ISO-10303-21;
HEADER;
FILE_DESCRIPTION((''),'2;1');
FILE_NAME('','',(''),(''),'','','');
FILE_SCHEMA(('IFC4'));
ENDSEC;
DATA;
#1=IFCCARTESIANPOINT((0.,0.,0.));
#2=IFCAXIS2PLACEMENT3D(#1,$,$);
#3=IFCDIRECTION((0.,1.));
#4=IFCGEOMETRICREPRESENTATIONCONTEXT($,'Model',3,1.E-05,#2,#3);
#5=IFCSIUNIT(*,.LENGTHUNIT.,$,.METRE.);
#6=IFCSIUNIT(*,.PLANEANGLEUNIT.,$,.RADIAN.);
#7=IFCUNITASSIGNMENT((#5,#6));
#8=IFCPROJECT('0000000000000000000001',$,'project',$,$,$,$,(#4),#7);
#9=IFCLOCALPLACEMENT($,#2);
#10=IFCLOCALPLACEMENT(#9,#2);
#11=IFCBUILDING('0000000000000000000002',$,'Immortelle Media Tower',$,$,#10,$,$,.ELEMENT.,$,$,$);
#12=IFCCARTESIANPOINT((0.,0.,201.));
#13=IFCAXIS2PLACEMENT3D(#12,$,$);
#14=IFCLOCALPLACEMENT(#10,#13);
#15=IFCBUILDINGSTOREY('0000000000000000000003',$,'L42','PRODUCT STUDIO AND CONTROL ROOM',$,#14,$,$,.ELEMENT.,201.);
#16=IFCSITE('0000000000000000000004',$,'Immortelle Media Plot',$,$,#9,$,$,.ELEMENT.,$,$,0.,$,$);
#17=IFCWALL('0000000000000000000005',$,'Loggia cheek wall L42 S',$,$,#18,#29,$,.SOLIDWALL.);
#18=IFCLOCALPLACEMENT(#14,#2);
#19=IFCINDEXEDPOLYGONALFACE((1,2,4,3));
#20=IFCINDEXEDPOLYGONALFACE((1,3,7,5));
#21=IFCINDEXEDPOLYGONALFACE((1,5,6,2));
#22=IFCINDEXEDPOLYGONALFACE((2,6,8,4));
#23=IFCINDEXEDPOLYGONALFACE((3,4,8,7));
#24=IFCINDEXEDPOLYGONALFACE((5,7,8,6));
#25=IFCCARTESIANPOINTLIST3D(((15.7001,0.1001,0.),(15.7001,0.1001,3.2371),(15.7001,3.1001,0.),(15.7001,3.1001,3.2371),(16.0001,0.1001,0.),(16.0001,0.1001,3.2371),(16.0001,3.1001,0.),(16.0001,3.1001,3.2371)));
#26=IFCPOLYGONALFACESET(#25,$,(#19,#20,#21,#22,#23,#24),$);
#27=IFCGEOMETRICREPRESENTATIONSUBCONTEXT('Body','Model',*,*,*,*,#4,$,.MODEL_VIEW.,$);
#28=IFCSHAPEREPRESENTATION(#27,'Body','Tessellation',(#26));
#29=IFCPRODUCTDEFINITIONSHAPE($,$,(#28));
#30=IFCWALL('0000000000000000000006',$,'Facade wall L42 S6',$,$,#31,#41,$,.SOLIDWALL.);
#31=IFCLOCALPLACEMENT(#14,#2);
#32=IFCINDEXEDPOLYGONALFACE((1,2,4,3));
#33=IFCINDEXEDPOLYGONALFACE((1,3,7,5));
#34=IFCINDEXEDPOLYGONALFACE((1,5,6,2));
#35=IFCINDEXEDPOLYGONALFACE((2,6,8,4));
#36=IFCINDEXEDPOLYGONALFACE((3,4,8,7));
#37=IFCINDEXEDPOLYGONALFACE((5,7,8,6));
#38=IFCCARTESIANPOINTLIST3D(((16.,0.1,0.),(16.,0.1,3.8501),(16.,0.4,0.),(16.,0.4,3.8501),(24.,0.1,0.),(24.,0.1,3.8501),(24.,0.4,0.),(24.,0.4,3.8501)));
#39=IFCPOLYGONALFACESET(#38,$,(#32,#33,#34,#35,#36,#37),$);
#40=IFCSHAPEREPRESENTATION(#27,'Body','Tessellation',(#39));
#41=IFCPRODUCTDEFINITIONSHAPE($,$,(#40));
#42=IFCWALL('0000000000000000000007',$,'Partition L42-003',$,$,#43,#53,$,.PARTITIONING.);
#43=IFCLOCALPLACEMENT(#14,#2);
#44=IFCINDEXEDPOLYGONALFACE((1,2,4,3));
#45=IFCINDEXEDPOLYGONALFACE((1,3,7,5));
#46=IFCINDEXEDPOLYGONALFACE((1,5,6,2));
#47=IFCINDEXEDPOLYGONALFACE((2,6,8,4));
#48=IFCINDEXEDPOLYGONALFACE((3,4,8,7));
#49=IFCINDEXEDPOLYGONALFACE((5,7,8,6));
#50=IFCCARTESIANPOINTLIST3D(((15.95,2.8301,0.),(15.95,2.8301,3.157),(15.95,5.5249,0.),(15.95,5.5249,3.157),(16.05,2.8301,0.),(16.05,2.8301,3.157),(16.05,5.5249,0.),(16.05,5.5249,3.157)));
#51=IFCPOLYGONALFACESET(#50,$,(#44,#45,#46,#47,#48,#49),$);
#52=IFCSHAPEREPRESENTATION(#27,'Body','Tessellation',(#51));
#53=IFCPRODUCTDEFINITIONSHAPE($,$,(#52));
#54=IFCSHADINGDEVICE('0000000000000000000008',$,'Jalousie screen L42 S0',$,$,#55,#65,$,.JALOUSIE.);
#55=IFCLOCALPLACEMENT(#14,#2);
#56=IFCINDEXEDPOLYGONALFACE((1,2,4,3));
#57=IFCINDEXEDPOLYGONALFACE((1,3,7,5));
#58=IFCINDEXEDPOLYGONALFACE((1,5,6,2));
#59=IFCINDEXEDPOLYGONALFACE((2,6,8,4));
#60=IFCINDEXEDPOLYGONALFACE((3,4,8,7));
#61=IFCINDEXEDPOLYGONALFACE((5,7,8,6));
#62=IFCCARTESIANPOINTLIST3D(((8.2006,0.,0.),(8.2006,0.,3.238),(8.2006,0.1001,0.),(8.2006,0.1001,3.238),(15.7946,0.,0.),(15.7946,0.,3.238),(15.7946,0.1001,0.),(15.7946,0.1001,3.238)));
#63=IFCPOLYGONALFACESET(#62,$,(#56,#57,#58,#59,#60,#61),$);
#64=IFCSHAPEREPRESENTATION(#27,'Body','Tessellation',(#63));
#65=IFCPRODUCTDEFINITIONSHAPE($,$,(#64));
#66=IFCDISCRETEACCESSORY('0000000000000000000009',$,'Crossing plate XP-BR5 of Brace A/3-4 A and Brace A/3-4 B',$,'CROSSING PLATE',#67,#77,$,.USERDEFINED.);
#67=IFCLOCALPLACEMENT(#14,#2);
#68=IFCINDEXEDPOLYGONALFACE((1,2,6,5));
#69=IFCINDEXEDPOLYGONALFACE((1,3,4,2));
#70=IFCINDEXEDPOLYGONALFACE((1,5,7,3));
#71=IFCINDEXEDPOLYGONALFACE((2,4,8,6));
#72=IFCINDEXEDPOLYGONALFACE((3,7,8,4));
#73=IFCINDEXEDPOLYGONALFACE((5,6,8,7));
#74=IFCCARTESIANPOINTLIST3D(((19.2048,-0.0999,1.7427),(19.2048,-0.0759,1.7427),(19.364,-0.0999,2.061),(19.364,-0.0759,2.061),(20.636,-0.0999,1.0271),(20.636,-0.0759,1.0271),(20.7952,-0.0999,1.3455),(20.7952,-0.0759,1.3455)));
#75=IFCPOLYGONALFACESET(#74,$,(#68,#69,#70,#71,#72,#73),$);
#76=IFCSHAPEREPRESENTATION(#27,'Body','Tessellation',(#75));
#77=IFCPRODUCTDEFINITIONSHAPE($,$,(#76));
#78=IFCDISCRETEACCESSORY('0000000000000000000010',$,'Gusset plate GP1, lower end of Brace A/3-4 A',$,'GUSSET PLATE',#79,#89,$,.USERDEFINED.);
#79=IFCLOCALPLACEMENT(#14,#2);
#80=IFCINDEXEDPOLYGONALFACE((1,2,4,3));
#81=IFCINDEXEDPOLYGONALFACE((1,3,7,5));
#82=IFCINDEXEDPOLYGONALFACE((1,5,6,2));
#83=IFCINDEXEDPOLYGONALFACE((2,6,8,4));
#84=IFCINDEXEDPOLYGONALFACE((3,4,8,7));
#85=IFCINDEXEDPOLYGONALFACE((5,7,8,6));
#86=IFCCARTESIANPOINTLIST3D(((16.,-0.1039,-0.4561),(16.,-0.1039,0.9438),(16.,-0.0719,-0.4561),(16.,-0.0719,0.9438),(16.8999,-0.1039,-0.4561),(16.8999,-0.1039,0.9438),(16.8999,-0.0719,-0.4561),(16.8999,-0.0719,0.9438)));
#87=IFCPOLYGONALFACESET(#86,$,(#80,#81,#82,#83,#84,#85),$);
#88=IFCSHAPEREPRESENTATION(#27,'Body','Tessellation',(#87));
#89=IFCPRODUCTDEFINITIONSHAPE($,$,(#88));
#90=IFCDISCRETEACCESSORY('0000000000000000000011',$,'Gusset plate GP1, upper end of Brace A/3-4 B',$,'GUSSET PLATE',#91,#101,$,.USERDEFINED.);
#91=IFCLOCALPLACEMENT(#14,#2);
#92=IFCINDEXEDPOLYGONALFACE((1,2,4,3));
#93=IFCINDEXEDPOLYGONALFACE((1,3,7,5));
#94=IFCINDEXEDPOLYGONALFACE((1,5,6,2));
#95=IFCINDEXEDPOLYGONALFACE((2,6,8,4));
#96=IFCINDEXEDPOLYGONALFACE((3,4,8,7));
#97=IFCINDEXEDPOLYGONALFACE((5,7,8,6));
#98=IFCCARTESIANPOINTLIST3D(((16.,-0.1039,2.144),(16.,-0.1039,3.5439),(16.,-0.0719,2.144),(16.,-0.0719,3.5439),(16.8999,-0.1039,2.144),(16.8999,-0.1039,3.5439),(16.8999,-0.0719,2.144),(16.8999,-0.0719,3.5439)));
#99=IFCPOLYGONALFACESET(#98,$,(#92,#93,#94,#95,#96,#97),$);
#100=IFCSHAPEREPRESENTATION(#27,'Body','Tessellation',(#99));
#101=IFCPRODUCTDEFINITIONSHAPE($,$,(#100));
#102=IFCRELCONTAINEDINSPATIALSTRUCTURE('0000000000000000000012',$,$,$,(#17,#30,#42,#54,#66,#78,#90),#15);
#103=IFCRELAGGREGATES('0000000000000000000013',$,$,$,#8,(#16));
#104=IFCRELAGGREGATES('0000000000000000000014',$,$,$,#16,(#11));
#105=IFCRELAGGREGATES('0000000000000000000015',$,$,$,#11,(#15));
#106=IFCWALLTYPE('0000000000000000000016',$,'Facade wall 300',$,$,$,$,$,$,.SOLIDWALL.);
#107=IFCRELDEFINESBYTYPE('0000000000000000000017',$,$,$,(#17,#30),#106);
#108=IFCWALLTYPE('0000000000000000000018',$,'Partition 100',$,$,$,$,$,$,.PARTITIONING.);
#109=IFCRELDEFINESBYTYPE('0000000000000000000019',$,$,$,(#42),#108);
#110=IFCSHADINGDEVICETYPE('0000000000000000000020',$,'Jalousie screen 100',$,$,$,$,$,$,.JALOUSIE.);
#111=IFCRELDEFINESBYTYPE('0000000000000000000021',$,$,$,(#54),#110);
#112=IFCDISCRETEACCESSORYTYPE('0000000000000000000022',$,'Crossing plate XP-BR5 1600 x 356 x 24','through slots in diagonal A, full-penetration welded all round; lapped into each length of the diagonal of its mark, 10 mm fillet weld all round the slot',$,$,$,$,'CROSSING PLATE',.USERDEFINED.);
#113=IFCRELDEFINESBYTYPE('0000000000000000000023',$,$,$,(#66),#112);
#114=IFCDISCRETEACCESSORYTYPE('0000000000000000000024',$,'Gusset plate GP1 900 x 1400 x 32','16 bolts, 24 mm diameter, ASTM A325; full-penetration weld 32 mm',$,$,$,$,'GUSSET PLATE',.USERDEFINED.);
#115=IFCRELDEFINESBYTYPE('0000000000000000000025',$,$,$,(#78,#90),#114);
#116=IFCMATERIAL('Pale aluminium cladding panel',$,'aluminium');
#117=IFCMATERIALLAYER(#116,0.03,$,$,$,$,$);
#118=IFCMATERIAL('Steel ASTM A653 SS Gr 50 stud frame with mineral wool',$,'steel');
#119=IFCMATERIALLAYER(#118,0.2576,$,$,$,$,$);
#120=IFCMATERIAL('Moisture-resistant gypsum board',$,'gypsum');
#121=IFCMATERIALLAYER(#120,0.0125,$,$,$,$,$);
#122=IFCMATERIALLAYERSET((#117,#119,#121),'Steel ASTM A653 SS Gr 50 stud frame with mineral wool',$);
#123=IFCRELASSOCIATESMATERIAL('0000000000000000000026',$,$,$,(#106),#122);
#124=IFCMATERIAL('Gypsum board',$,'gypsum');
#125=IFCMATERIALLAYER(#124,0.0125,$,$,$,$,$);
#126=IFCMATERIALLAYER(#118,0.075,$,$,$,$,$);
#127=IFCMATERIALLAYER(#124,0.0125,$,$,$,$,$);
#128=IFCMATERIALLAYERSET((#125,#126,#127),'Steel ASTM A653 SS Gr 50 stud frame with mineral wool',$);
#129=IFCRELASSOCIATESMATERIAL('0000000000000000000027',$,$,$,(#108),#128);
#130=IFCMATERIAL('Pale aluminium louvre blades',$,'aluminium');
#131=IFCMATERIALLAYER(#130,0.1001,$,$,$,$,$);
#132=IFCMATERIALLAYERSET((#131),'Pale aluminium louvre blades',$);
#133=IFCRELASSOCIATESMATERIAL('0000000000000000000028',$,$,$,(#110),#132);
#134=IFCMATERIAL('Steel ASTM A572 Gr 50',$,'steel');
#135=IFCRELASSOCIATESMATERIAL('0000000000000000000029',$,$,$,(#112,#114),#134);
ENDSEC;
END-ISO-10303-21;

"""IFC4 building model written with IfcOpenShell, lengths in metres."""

from ifc_helpers import new_model, si_unit, direction, frame, frame_2d, origin, origin_2d, place, context, subcontext, project, spatial, rectangle, extrude, material, layer, layer_set, material_profile, profile_set, type_object, element, save


model = new_model("IFC4")

# Units and contexts
model_context = context("Model", 3, precision=1e-05, world=origin(), true_north=direction((0.0, 1.0)))
body_context = subcontext(model_context, "Body", "Model", "MODEL_VIEW")
ifc_project = project(units=[si_unit("LENGTHUNIT", "METRE"), si_unit("PLANEANGLEUNIT", "RADIAN")], contexts=[model_context])

# Site, building, storey
site_placement = place(None, origin())
site = spatial("IfcSite", under=ifc_project, at=site_placement, Name="Immortelle Media Plot", CompositionType="ELEMENT", RefElevation=0.0)
building_placement = place(site_placement, origin())
building = spatial("IfcBuilding", under=site, at=building_placement, Name="Immortelle Media Tower", CompositionType="ELEMENT")
storey_placement = place(building_placement, frame((0.0, 0.0, 201.0)))
storey = spatial("IfcBuildingStorey", under=building, at=storey_placement, Name="L42", Description="PRODUCT STUDIO AND CONTROL ROOM", CompositionType="ELEMENT", Elevation=201.0)

# Shared definitions
ifc_material_1 = material(Name="Pale aluminium cladding panel", Category="aluminium")
ifc_layer_1 = layer(ifc_material_1, 0.03)
ifc_material_2 = material(Name="Steel ASTM A653 SS Gr 50 stud frame with mineral wool", Category="steel")
ifc_layer_2 = layer(ifc_material_2, 0.2576)
ifc_material_3 = material(Name="Moisture-resistant gypsum board", Category="gypsum")
ifc_layer_3 = layer(ifc_material_3, 0.0125)
ifc_layer_set_1 = layer_set([ifc_layer_1, ifc_layer_2, ifc_layer_3], Name="Steel ASTM A653 SS Gr 50 stud frame with mineral wool")
wall_type_1 = type_object("IfcWallType", Name="Facade wall 300", PredefinedType="SOLIDWALL", material=ifc_layer_set_1)

# Walls
wall_1_placement = place(storey_placement, frame((15.8501, 0.1001, 0.0), z_axis=(0.0, 0.0, 1.0), x_axis=(0.0, 1.0, 0.0)))
element("IfcWall", 1, at=wall_1_placement, inside=storey, type_object=wall_type_1, Name="Loggia cheek wall L42 S", PredefinedType="SOLIDWALL", context=body_context, shape_type="SweptSolid", body=[
    extrude(rectangle(XDim=3.0, YDim=0.3, at=frame_2d((1.5, 0.0))), origin(), (0.0, 0.0, 1.0), 3.2371),
])
wall_2_placement = place(storey_placement, frame((16.0, 0.25, 0.0), z_axis=(0.0, 0.0, 1.0), x_axis=(1.0, 0.0, 0.0)))
element("IfcWall", 2, at=wall_2_placement, inside=storey, type_object=wall_type_1, Name="Facade wall L42 S6", PredefinedType="SOLIDWALL", context=body_context, shape_type="SweptSolid", body=[
    extrude(rectangle(XDim=8.0, YDim=0.3, at=frame_2d((4.0, 0.0))), origin(), (0.0, 0.0, 1.0), 3.8501),
])
ifc_material_4 = material(Name="Gypsum board", Category="gypsum")
ifc_layer_4 = layer(ifc_material_4, 0.0125)
ifc_layer_5 = layer(ifc_material_2, 0.075)
ifc_layer_6 = layer(ifc_material_4, 0.0125)
ifc_layer_set_2 = layer_set([ifc_layer_4, ifc_layer_5, ifc_layer_6], Name="Steel ASTM A653 SS Gr 50 stud frame with mineral wool")
wall_type_2 = type_object("IfcWallType", Name="Partition 100", PredefinedType="PARTITIONING", material=ifc_layer_set_2)
wall_3_placement = place(storey_placement, frame((16.0, 2.8301, 0.0), z_axis=(0.0, 0.0, 1.0), x_axis=(0.0, 1.0, 0.0)))
element("IfcWall", 3, at=wall_3_placement, inside=storey, type_object=wall_type_2, Name="Partition L42-003", PredefinedType="PARTITIONING", context=body_context, shape_type="SweptSolid", body=[
    extrude(rectangle(XDim=2.6948, YDim=0.1001, at=frame_2d((1.3474, 0.0))), origin(), (0.0, 0.0, 1.0), 3.157),
])

# Shading device
ifc_material_5 = material(Name="Pale aluminium louvre blades", Category="aluminium")
ifc_layer_7 = layer(ifc_material_5, 0.1001)
ifc_layer_set_3 = layer_set([ifc_layer_7], Name="Pale aluminium louvre blades")
shading_device_type = type_object("IfcShadingDeviceType", Name="Jalousie screen 100", PredefinedType="JALOUSIE", material=ifc_layer_set_3)
shading_device_placement = place(storey_placement, frame((11.9976, 0.05, 0.0), z_axis=(0.0, 0.0, 1.0), x_axis=(1.0, 0.0, 0.0)))
element("IfcShadingDevice", 4, at=shading_device_placement, inside=storey, type_object=shading_device_type, Name="Jalousie screen L42 S0", PredefinedType="JALOUSIE", context=body_context, shape_type="SweptSolid", body=[
    extrude(rectangle(XDim=7.594, YDim=0.1001, at=origin_2d()), origin(), (0.0, 0.0, 1.0), 3.238),
])

# Discrete accessories
ifc_material_6 = material(Name="Steel ASTM A572 Gr 50", Category="steel")
ifc_material_profile_1 = material_profile(ifc_material_6, rectangle(XDim=0.0239, YDim=0.356, at=origin_2d()), Name="PL 24 x 356")
ifc_profile_set_1 = profile_set([ifc_material_profile_1], Name="Steel ASTM A572 Gr 50")
discrete_accessory_type_1 = type_object("IfcDiscreteAccessoryType", Name="Crossing plate XP-BR5 1600 x 356 x 24", Description="through slots in diagonal A, full-penetration welded all round; lapped into each length of the diagonal of its mark, 10 mm fillet weld all round the slot", ElementType="CROSSING PLATE", PredefinedType="USERDEFINED", material=ifc_profile_set_1)
discrete_accessory_placement = place(storey_placement, frame((19.2844, -0.0879, 1.9019), z_axis=(0.894427, 0.0, -0.447214), x_axis=(0.0, 1.0, 0.0)))
element("IfcDiscreteAccessory", 5, at=discrete_accessory_placement, inside=storey, type_object=discrete_accessory_type_1, Name="Crossing plate XP-BR5 of Brace A/3-4 A and Brace A/3-4 B", ObjectType="CROSSING PLATE", PredefinedType="USERDEFINED", context=body_context, shape_type="SweptSolid", body=[
    extrude(rectangle(XDim=0.0239, YDim=0.356, at=origin_2d()), origin(), (0.0, 0.0, 1.0), 1.6001),
])
ifc_material_profile_2 = material_profile(ifc_material_6, rectangle(XDim=0.032, YDim=1.3999, at=origin_2d()), Name="PL 32 x 1400")
ifc_profile_set_2 = profile_set([ifc_material_profile_2], Name="Steel ASTM A572 Gr 50")
discrete_accessory_type_2 = type_object("IfcDiscreteAccessoryType", Name="Gusset plate GP1 900 x 1400 x 32", Description="16 bolts, 24 mm diameter, ASTM A325; full-penetration weld 32 mm", ElementType="GUSSET PLATE", PredefinedType="USERDEFINED", material=ifc_profile_set_2)
for number, where, z_axis, x_axis, name in (
    (6, (16.0, -0.0879, 0.2439), (1.0, 0.0, 0.0), (0.0, 1.0, 0.0), "Gusset plate GP1, lower end of Brace A/3-4 A"),
    (7, (16.0, -0.0879, 2.844), (1.0, 0.0, 0.0), (0.0, 1.0, 0.0), "Gusset plate GP1, upper end of Brace A/3-4 B"),
):
    element("IfcDiscreteAccessory", number, at=place(storey_placement, frame(where, z_axis=z_axis, x_axis=x_axis)), inside=storey, type_object=discrete_accessory_type_2, Name=name, ObjectType="GUSSET PLATE", PredefinedType="USERDEFINED", context=body_context, shape_type="SweptSolid", body=[
        extrude(rectangle(XDim=0.032, YDim=1.3999, at=origin_2d()), origin(), (0.0, 0.0, 1.0), 0.8999),
    ])

save(model, "model.ifc")
